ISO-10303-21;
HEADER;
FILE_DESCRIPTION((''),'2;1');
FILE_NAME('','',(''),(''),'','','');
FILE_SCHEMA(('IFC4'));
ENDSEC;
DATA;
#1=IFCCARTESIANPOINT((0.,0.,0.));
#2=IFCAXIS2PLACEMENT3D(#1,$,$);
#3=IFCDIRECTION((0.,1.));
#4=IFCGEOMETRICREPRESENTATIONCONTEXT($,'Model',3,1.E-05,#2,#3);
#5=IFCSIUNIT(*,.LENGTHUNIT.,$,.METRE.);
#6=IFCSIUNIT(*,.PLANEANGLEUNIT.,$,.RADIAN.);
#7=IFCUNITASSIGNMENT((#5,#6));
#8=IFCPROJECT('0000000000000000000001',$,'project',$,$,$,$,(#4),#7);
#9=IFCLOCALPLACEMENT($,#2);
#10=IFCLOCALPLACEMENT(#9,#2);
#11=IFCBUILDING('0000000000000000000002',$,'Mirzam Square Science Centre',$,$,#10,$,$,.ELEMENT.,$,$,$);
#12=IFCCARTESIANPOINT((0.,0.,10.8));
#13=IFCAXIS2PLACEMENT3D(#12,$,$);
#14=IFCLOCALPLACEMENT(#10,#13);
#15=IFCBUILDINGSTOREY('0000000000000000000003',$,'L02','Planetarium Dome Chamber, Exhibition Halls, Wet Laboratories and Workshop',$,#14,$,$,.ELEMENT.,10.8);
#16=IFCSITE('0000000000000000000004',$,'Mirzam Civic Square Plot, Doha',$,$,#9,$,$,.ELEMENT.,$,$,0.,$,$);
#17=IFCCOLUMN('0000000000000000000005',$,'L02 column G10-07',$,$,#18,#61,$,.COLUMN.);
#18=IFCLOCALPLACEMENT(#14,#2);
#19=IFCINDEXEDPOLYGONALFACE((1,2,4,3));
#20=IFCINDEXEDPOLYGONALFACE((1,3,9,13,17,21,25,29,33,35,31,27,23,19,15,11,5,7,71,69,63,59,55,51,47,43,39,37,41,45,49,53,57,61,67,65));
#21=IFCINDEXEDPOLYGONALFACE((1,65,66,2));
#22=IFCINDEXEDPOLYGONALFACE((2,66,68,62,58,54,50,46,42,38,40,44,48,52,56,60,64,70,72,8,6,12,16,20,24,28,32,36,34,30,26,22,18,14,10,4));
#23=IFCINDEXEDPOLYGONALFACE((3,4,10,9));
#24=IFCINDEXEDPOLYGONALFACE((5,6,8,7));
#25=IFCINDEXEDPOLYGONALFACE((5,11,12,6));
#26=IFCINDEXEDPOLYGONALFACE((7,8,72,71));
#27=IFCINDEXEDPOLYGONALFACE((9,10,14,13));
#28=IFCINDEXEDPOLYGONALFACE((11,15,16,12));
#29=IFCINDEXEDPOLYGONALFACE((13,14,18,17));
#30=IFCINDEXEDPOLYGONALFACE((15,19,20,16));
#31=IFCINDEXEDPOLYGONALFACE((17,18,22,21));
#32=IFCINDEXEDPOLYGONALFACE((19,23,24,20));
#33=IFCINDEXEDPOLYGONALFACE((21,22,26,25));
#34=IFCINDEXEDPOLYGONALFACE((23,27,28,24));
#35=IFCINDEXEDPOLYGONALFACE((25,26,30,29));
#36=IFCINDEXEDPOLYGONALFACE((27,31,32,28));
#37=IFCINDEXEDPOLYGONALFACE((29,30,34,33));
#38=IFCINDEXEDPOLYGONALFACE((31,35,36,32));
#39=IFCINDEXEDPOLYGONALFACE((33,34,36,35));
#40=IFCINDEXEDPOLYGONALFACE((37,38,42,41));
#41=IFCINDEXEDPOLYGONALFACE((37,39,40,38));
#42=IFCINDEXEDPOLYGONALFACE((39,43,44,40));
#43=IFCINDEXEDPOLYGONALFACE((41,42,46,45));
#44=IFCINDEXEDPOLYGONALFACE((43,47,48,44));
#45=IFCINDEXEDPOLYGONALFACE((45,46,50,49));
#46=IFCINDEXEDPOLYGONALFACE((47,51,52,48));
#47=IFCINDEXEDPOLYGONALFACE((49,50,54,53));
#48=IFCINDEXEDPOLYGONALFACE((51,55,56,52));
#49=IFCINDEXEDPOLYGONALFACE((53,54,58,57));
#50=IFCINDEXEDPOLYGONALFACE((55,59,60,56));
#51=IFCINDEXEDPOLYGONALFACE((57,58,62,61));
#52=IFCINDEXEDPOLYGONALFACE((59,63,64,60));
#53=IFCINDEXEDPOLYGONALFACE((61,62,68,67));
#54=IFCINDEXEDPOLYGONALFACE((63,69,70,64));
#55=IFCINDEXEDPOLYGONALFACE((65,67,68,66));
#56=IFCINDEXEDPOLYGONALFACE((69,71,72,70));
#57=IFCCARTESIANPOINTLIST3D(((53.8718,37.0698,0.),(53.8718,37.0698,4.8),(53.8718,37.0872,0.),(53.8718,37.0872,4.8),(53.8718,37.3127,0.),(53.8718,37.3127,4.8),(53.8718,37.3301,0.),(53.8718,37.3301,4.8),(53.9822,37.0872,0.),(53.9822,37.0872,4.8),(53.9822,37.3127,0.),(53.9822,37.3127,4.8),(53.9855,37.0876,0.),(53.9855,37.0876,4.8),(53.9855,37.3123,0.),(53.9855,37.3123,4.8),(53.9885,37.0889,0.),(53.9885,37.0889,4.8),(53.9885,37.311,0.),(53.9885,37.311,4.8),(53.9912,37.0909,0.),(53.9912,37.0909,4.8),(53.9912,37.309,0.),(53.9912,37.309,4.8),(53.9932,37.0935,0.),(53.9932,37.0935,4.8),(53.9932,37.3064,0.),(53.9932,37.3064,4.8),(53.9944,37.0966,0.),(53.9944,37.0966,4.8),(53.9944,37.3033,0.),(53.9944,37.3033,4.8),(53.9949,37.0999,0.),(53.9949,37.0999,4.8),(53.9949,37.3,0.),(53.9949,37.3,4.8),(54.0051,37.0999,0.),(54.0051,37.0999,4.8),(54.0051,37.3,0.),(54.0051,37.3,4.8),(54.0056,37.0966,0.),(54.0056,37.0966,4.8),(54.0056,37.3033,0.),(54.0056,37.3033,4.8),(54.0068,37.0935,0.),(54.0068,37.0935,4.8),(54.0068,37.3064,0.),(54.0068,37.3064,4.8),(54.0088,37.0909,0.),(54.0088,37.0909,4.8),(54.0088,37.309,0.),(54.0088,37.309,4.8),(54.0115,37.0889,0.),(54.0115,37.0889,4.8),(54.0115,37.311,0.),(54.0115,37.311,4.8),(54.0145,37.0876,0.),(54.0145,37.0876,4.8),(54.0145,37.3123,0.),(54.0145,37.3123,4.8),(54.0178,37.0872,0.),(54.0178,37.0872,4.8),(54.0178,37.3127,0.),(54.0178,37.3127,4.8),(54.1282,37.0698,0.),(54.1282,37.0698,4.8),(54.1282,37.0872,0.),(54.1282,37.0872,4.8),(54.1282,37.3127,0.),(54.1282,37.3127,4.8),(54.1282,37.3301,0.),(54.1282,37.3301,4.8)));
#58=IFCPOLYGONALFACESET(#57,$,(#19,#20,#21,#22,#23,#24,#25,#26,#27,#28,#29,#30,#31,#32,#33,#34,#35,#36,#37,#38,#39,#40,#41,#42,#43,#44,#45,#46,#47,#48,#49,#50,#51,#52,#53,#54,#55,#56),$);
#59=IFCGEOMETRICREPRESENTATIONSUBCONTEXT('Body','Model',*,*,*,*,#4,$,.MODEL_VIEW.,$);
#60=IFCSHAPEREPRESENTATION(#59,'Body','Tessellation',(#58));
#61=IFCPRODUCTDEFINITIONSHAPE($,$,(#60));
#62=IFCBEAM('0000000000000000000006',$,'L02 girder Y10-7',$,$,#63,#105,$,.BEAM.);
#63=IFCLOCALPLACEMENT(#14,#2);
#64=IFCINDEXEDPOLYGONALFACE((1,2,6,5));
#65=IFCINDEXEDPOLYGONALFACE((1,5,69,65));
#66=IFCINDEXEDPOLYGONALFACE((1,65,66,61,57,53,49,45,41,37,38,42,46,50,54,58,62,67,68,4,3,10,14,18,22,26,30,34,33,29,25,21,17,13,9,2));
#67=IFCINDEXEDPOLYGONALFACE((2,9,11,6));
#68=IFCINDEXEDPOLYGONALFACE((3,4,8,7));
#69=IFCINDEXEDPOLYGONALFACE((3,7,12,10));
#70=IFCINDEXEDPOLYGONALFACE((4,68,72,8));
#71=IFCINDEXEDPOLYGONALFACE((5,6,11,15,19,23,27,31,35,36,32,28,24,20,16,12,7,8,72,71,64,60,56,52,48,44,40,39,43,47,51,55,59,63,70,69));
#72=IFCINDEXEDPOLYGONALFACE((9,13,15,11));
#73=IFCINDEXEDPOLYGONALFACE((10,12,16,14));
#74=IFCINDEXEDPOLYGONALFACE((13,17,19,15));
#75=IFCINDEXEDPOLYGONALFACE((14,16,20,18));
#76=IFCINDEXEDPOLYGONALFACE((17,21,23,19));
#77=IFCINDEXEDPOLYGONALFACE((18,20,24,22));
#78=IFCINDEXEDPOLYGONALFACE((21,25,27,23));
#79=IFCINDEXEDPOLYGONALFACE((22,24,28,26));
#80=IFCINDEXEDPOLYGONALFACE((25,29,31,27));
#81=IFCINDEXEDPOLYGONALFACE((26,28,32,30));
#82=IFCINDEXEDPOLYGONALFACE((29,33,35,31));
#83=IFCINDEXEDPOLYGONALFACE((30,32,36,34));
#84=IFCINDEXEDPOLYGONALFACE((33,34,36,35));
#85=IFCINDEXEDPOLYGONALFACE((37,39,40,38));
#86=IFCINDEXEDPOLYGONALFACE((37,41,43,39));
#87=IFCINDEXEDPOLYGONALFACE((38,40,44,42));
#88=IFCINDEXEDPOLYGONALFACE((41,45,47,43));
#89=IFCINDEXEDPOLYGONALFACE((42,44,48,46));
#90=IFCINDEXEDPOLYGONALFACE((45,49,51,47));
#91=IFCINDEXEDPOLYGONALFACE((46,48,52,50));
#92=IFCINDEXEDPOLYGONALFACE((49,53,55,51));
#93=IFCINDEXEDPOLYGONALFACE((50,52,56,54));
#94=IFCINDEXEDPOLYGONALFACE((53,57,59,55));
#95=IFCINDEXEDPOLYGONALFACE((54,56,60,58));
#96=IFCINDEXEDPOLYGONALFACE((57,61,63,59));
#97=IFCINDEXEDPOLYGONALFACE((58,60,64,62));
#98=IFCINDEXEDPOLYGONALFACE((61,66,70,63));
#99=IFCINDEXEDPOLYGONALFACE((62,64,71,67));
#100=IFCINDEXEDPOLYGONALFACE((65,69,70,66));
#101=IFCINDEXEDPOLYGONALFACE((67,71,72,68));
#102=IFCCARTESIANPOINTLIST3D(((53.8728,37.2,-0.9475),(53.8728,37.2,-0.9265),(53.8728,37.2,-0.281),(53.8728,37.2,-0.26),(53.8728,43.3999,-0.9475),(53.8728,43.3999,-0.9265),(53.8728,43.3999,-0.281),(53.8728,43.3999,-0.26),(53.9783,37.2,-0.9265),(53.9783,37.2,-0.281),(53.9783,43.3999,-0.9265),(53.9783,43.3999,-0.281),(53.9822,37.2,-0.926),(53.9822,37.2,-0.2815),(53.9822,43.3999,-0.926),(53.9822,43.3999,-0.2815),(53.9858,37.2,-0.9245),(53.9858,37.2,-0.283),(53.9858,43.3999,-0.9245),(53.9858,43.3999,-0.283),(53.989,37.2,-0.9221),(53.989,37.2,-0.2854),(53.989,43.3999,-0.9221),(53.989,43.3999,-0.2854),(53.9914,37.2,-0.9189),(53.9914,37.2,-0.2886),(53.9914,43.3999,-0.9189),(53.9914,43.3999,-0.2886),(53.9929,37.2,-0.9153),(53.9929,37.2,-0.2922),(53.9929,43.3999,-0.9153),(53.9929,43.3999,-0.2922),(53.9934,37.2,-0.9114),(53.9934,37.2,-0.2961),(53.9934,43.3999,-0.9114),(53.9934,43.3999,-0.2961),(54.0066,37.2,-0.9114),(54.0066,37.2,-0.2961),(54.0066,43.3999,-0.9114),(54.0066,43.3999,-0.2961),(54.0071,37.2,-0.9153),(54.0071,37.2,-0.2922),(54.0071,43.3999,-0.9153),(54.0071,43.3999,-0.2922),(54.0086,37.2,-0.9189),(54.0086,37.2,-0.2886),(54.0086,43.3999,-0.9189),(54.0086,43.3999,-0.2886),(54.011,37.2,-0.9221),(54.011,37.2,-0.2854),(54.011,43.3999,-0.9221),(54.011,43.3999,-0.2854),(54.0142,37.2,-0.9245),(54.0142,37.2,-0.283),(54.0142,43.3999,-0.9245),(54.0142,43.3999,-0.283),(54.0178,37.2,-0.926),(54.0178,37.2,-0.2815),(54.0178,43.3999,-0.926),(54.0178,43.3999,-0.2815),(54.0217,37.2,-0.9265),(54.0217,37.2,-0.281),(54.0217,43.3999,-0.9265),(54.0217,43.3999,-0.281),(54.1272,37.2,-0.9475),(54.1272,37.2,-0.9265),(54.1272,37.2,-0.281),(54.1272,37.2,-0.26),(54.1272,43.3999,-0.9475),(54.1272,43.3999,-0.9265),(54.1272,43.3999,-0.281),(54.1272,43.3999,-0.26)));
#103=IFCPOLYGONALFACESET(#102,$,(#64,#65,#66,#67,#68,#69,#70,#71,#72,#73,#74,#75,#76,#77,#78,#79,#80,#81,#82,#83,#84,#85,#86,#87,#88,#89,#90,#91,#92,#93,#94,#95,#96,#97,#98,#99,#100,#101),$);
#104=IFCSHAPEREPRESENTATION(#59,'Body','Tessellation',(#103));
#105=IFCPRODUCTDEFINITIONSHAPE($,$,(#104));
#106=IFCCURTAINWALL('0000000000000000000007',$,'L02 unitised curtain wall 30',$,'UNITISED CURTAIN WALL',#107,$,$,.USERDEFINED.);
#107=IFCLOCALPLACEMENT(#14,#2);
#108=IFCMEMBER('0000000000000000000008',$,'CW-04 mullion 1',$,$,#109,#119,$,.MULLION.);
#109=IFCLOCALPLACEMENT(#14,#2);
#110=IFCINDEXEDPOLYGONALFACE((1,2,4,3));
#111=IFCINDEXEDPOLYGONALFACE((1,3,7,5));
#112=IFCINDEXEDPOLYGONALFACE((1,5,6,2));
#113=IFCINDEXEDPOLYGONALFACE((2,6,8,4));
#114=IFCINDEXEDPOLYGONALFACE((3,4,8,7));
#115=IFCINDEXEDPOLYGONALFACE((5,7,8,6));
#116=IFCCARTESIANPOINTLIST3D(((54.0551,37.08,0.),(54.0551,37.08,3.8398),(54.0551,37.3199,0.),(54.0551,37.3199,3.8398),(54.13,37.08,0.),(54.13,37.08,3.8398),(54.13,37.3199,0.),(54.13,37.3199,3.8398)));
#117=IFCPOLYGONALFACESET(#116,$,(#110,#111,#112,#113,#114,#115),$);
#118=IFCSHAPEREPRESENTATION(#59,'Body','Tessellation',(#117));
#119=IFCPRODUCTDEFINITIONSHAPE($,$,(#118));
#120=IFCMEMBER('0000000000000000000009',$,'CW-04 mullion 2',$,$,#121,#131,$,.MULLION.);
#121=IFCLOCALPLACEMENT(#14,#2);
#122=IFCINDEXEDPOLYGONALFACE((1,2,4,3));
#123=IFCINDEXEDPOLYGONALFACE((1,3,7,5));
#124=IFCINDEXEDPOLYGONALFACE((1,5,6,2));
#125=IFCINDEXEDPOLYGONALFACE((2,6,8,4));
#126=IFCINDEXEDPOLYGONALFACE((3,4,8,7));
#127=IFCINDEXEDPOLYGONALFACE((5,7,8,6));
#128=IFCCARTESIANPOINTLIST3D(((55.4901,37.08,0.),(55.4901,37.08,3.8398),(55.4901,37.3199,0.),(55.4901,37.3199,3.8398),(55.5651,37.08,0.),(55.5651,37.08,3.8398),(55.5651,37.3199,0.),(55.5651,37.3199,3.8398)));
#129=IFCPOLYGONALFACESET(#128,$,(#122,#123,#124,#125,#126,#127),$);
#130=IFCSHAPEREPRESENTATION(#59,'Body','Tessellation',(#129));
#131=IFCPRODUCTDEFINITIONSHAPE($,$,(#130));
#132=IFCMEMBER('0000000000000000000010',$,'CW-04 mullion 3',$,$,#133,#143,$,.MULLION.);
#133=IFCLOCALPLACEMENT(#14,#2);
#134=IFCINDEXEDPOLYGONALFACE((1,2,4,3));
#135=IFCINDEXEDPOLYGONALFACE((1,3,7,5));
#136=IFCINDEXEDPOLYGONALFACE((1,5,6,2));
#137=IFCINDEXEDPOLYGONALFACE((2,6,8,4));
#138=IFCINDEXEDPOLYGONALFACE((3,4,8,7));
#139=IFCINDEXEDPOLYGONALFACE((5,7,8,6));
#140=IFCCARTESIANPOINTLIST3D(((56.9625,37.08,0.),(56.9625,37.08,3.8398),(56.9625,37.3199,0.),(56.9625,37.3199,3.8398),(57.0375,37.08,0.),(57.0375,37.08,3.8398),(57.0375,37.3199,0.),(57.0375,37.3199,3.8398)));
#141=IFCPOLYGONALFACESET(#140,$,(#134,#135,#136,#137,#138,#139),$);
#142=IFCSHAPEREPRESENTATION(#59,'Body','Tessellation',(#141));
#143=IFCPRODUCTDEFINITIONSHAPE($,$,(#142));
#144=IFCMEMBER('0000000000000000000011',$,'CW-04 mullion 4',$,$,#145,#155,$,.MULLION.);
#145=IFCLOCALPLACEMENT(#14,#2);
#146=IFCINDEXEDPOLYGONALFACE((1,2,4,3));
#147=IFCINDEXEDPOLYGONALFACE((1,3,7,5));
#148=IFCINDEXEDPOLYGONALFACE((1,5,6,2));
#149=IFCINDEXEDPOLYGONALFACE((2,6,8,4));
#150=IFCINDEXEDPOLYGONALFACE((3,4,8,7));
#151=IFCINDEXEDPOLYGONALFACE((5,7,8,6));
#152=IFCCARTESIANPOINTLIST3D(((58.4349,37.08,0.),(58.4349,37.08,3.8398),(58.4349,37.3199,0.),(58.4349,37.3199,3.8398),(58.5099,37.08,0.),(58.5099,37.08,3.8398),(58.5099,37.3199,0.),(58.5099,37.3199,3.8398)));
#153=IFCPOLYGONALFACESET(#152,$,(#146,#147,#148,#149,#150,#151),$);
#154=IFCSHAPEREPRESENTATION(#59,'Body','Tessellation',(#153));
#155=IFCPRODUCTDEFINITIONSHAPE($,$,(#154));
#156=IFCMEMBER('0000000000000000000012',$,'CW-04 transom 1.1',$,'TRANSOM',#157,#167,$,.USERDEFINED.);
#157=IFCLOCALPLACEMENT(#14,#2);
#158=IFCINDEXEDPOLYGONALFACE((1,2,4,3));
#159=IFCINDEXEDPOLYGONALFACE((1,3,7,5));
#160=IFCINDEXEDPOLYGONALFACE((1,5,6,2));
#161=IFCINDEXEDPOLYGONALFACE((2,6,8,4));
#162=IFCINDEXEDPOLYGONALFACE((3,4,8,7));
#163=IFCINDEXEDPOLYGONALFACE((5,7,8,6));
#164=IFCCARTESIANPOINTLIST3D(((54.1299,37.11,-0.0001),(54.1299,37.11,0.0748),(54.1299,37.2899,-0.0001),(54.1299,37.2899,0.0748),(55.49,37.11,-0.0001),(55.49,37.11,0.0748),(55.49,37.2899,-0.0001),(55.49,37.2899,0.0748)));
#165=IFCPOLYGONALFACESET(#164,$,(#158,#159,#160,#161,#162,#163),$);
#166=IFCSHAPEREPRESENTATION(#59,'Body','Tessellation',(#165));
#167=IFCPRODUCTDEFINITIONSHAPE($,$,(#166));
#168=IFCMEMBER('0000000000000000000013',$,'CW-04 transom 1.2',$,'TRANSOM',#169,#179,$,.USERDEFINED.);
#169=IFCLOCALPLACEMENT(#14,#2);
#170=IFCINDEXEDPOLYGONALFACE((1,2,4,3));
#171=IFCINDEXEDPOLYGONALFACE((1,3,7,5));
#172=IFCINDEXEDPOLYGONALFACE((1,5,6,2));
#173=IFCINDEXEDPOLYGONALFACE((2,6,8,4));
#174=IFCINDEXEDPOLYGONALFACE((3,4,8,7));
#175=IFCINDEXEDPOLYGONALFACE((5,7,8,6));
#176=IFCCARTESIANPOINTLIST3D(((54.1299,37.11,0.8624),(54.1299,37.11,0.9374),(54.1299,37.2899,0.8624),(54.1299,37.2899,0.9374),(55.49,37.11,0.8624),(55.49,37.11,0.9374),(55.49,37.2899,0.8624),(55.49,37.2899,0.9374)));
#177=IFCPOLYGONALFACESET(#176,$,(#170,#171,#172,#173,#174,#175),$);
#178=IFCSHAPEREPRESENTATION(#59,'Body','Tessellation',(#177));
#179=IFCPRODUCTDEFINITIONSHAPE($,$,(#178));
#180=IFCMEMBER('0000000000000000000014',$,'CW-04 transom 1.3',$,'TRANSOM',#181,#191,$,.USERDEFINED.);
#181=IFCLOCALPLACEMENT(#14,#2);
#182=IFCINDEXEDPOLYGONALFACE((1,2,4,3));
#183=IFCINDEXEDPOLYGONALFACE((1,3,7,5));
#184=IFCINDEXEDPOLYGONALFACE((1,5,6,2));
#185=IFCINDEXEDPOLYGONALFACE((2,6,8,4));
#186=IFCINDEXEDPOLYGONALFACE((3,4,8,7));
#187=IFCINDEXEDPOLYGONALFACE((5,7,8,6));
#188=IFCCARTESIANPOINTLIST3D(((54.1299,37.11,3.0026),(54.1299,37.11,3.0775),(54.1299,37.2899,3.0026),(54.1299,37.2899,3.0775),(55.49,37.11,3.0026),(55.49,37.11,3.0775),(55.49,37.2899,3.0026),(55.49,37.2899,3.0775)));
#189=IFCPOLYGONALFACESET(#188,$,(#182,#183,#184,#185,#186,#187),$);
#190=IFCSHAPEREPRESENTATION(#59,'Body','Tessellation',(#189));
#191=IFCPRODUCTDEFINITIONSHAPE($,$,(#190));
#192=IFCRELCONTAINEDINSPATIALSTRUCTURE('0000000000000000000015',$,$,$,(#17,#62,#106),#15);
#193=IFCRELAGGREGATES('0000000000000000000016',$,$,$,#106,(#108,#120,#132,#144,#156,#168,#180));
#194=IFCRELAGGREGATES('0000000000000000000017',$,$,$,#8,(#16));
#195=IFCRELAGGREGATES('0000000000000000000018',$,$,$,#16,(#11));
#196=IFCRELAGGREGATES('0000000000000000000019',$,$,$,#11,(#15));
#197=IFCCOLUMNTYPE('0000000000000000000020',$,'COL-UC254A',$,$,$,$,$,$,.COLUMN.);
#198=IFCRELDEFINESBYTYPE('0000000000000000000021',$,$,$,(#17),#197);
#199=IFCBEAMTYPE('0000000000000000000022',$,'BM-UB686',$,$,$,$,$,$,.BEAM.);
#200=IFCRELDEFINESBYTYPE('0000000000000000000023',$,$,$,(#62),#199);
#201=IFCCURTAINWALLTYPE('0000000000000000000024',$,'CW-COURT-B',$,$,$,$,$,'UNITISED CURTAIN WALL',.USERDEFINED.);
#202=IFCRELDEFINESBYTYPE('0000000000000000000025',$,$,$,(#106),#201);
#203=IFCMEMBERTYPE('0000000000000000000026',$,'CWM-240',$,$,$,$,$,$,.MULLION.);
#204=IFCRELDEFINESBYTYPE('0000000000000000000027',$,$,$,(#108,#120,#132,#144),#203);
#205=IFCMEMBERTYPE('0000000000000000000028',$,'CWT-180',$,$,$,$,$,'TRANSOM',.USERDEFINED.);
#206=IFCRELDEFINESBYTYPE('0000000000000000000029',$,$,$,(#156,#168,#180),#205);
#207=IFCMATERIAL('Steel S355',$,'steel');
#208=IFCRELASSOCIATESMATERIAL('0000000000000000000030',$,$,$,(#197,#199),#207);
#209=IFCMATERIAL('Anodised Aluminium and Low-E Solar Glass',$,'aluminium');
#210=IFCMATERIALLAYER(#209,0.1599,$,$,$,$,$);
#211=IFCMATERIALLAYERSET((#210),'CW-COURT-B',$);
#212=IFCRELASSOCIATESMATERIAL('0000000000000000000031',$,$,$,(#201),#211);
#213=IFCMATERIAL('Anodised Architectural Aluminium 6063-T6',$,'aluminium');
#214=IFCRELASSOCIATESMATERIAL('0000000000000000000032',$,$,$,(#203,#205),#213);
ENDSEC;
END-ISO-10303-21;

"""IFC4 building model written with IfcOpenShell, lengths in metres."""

from ifc_helpers import new_model, si_unit, direction, frame, origin, origin_2d, place, context, subcontext, project, spatial, rectangle, i_section, extrude, material, layer, layer_set, material_profile, profile_set, type_object, element, aggregate, save


model = new_model("IFC4")

# Units and contexts
model_context = context("Model", 3, precision=1e-05, world=origin(), true_north=direction((0.0, 1.0)))
body_context = subcontext(model_context, "Body", "Model", "MODEL_VIEW")
ifc_project = project(units=[si_unit("LENGTHUNIT", "METRE"), si_unit("PLANEANGLEUNIT", "RADIAN")], contexts=[model_context])

# Site, building, storey
site_placement = place(None, origin())
site = spatial("IfcSite", under=ifc_project, at=site_placement, Name="Mirzam Civic Square Plot, Doha", CompositionType="ELEMENT", RefElevation=0.0)
building_placement = place(site_placement, origin())
building = spatial("IfcBuilding", under=site, at=building_placement, Name="Mirzam Square Science Centre", CompositionType="ELEMENT")
storey_placement = place(building_placement, frame((0.0, 0.0, 10.8)))
storey = spatial("IfcBuildingStorey", under=building, at=storey_placement, Name="L02", Description="Planetarium Dome Chamber, Exhibition Halls, Wet Laboratories and Workshop", CompositionType="ELEMENT", Elevation=10.8)

# Column
ifc_material_1 = material(Name="Steel S355", Category="steel")
ifc_material_profile_1 = material_profile(ifc_material_1, i_section(OverallWidth=0.2563, OverallDepth=0.2603, WebThickness=0.0103, FlangeThickness=0.0173, FilletRadius=0.0127, at=origin_2d()), Name="254x254x89UC")
ifc_profile_set_1 = profile_set([ifc_material_profile_1], Name="Steel S355")
column_type = type_object("IfcColumnType", Name="COL-UC254A", PredefinedType="COLUMN", material=ifc_profile_set_1)
column_placement = place(storey_placement, frame((54.0, 37.2, 0.0), z_axis=(0.0, 0.0, 1.0), x_axis=(1.0, 0.0, 0.0)))
element("IfcColumn", 1, at=column_placement, inside=storey, type_object=column_type, Name="L02 column G10-07", PredefinedType="COLUMN", context=body_context, shape_type="SweptSolid", body=[
    extrude(i_section(OverallWidth=0.2563, OverallDepth=0.2603, WebThickness=0.0103, FlangeThickness=0.0173, FilletRadius=0.0127, at=origin_2d()), origin(), (0.0, 0.0, 1.0), 4.8),
])

# Beam
ifc_material_profile_2 = material_profile(ifc_material_1, i_section(OverallWidth=0.2544, OverallDepth=0.6875, WebThickness=0.0132, FlangeThickness=0.021, FilletRadius=0.0151, at=origin_2d()), Name="686x254x152UB")
ifc_profile_set_2 = profile_set([ifc_material_profile_2], Name="Steel S355")
beam_type_1 = type_object("IfcBeamType", Name="BM-UB686", PredefinedType="BEAM", material=ifc_profile_set_2)
beam_1_placement = place(storey_placement, frame((54.0, 37.2, -0.6038), z_axis=(0.0, 1.0, 0.0), x_axis=(-1.0, 0.0, 0.0)))
element("IfcBeam", 2, at=beam_1_placement, inside=storey, type_object=beam_type_1, Name="L02 girder Y10-7", PredefinedType="BEAM", context=body_context, shape_type="SweptSolid", body=[
    extrude(i_section(OverallWidth=0.2544, OverallDepth=0.6875, WebThickness=0.0132, FlangeThickness=0.021, FilletRadius=0.0151, at=origin_2d()), origin(), (0.0, 0.0, 1.0), 6.2),
])

# Curtain wall, members
ifc_material_2 = material(Name="Anodised Aluminium and Low-E Solar Glass", Category="aluminium")
ifc_layer_1 = layer(ifc_material_2, 0.1599)
ifc_layer_set_1 = layer_set([ifc_layer_1], Name="CW-COURT-B")
curtain_wall_type = type_object("IfcCurtainWallType", Name="CW-COURT-B", ElementType="UNITISED CURTAIN WALL", PredefinedType="USERDEFINED", material=ifc_layer_set_1)
curtain_wall_placement = place(storey_placement, origin())
curtain_wall = element("IfcCurtainWall", 3, at=curtain_wall_placement, inside=storey, type_object=curtain_wall_type, Name="L02 unitised curtain wall 30", ObjectType="UNITISED CURTAIN WALL", PredefinedType="USERDEFINED")
ifc_material_3 = material(Name="Anodised Architectural Aluminium 6063-T6", Category="aluminium")
ifc_material_profile_3 = material_profile(ifc_material_3, rectangle(XDim=0.075, YDim=0.24, at=origin_2d()), Name="ALU-MULL-240x75x5")
ifc_profile_set_3 = profile_set([ifc_material_profile_3], Name="Anodised Architectural Aluminium 6063-T6")
member_type_1 = type_object("IfcMemberType", Name="CWM-240", PredefinedType="MULLION", material=ifc_profile_set_3)
member_1_placement = place(storey_placement, frame((54.0925, 37.2, 0.0), z_axis=(0.0, 0.0, 1.0), x_axis=(1.0, 0.0, 0.0)))
member_1 = element("IfcMember", 4, at=member_1_placement, type_object=member_type_1, Name="CW-04 mullion 1", PredefinedType="MULLION", context=body_context, shape_type="SweptSolid", body=[
    extrude(rectangle(XDim=0.075, YDim=0.24, at=origin_2d()), origin(), (0.0, 0.0, 1.0), 3.8398),
])
member_2_placement = place(storey_placement, frame((55.5276, 37.2, 0.0), z_axis=(0.0, 0.0, 1.0), x_axis=(1.0, 0.0, 0.0)))
member_2 = element("IfcMember", 5, at=member_2_placement, type_object=member_type_1, Name="CW-04 mullion 2", PredefinedType="MULLION", context=body_context, shape_type="SweptSolid", body=[
    extrude(rectangle(XDim=0.075, YDim=0.24, at=origin_2d()), origin(), (0.0, 0.0, 1.0), 3.8398),
])
member_3_placement = place(storey_placement, frame((57.0, 37.2, 0.0), z_axis=(0.0, 0.0, 1.0), x_axis=(1.0, 0.0, 0.0)))
member_3 = element("IfcMember", 6, at=member_3_placement, type_object=member_type_1, Name="CW-04 mullion 3", PredefinedType="MULLION", context=body_context, shape_type="SweptSolid", body=[
    extrude(rectangle(XDim=0.075, YDim=0.24, at=origin_2d()), origin(), (0.0, 0.0, 1.0), 3.8398),
])
member_4_placement = place(storey_placement, frame((58.4724, 37.2, 0.0), z_axis=(0.0, 0.0, 1.0), x_axis=(1.0, 0.0, 0.0)))
member_4 = element("IfcMember", 7, at=member_4_placement, type_object=member_type_1, Name="CW-04 mullion 4", PredefinedType="MULLION", context=body_context, shape_type="SweptSolid", body=[
    extrude(rectangle(XDim=0.075, YDim=0.24, at=origin_2d()), origin(), (0.0, 0.0, 1.0), 3.8398),
])
ifc_material_profile_4 = material_profile(ifc_material_3, rectangle(XDim=0.1799, YDim=0.075, at=origin_2d()), Name="ALU-TRAN-180x75x5")
ifc_profile_set_4 = profile_set([ifc_material_profile_4], Name="Anodised Architectural Aluminium 6063-T6")
member_type_2 = type_object("IfcMemberType", Name="CWT-180", ElementType="TRANSOM", PredefinedType="USERDEFINED", material=ifc_profile_set_4)
member_5_placement = place(storey_placement, frame((54.1299, 37.2, 0.0374), z_axis=(1.0, 0.0, 0.0), x_axis=(0.0, 1.0, 0.0)))
member_5 = element("IfcMember", 8, at=member_5_placement, type_object=member_type_2, Name="CW-04 transom 1.1", ObjectType="TRANSOM", PredefinedType="USERDEFINED", context=body_context, shape_type="SweptSolid", body=[
    extrude(rectangle(XDim=0.1799, YDim=0.075, at=origin_2d()), origin(), (0.0, 0.0, 1.0), 1.3601),
])
member_6_placement = place(storey_placement, frame((54.1299, 37.2, 0.8999), z_axis=(1.0, 0.0, 0.0), x_axis=(0.0, 1.0, 0.0)))
member_6 = element("IfcMember", 9, at=member_6_placement, type_object=member_type_2, Name="CW-04 transom 1.2", ObjectType="TRANSOM", PredefinedType="USERDEFINED", context=body_context, shape_type="SweptSolid", body=[
    extrude(rectangle(XDim=0.1799, YDim=0.075, at=origin_2d()), origin(), (0.0, 0.0, 1.0), 1.3601),
])
member_7_placement = place(storey_placement, frame((54.1299, 37.2, 3.04), z_axis=(1.0, 0.0, 0.0), x_axis=(0.0, 1.0, 0.0)))
member_7 = element("IfcMember", 10, at=member_7_placement, type_object=member_type_2, Name="CW-04 transom 1.3", ObjectType="TRANSOM", PredefinedType="USERDEFINED", context=body_context, shape_type="SweptSolid", body=[
    extrude(rectangle(XDim=0.1799, YDim=0.075, at=origin_2d()), origin(), (0.0, 0.0, 1.0), 1.3601),
])

aggregate(curtain_wall, [member_1, member_2, member_3, member_4, member_5, member_6, member_7])

save(model, "model.ifc")
